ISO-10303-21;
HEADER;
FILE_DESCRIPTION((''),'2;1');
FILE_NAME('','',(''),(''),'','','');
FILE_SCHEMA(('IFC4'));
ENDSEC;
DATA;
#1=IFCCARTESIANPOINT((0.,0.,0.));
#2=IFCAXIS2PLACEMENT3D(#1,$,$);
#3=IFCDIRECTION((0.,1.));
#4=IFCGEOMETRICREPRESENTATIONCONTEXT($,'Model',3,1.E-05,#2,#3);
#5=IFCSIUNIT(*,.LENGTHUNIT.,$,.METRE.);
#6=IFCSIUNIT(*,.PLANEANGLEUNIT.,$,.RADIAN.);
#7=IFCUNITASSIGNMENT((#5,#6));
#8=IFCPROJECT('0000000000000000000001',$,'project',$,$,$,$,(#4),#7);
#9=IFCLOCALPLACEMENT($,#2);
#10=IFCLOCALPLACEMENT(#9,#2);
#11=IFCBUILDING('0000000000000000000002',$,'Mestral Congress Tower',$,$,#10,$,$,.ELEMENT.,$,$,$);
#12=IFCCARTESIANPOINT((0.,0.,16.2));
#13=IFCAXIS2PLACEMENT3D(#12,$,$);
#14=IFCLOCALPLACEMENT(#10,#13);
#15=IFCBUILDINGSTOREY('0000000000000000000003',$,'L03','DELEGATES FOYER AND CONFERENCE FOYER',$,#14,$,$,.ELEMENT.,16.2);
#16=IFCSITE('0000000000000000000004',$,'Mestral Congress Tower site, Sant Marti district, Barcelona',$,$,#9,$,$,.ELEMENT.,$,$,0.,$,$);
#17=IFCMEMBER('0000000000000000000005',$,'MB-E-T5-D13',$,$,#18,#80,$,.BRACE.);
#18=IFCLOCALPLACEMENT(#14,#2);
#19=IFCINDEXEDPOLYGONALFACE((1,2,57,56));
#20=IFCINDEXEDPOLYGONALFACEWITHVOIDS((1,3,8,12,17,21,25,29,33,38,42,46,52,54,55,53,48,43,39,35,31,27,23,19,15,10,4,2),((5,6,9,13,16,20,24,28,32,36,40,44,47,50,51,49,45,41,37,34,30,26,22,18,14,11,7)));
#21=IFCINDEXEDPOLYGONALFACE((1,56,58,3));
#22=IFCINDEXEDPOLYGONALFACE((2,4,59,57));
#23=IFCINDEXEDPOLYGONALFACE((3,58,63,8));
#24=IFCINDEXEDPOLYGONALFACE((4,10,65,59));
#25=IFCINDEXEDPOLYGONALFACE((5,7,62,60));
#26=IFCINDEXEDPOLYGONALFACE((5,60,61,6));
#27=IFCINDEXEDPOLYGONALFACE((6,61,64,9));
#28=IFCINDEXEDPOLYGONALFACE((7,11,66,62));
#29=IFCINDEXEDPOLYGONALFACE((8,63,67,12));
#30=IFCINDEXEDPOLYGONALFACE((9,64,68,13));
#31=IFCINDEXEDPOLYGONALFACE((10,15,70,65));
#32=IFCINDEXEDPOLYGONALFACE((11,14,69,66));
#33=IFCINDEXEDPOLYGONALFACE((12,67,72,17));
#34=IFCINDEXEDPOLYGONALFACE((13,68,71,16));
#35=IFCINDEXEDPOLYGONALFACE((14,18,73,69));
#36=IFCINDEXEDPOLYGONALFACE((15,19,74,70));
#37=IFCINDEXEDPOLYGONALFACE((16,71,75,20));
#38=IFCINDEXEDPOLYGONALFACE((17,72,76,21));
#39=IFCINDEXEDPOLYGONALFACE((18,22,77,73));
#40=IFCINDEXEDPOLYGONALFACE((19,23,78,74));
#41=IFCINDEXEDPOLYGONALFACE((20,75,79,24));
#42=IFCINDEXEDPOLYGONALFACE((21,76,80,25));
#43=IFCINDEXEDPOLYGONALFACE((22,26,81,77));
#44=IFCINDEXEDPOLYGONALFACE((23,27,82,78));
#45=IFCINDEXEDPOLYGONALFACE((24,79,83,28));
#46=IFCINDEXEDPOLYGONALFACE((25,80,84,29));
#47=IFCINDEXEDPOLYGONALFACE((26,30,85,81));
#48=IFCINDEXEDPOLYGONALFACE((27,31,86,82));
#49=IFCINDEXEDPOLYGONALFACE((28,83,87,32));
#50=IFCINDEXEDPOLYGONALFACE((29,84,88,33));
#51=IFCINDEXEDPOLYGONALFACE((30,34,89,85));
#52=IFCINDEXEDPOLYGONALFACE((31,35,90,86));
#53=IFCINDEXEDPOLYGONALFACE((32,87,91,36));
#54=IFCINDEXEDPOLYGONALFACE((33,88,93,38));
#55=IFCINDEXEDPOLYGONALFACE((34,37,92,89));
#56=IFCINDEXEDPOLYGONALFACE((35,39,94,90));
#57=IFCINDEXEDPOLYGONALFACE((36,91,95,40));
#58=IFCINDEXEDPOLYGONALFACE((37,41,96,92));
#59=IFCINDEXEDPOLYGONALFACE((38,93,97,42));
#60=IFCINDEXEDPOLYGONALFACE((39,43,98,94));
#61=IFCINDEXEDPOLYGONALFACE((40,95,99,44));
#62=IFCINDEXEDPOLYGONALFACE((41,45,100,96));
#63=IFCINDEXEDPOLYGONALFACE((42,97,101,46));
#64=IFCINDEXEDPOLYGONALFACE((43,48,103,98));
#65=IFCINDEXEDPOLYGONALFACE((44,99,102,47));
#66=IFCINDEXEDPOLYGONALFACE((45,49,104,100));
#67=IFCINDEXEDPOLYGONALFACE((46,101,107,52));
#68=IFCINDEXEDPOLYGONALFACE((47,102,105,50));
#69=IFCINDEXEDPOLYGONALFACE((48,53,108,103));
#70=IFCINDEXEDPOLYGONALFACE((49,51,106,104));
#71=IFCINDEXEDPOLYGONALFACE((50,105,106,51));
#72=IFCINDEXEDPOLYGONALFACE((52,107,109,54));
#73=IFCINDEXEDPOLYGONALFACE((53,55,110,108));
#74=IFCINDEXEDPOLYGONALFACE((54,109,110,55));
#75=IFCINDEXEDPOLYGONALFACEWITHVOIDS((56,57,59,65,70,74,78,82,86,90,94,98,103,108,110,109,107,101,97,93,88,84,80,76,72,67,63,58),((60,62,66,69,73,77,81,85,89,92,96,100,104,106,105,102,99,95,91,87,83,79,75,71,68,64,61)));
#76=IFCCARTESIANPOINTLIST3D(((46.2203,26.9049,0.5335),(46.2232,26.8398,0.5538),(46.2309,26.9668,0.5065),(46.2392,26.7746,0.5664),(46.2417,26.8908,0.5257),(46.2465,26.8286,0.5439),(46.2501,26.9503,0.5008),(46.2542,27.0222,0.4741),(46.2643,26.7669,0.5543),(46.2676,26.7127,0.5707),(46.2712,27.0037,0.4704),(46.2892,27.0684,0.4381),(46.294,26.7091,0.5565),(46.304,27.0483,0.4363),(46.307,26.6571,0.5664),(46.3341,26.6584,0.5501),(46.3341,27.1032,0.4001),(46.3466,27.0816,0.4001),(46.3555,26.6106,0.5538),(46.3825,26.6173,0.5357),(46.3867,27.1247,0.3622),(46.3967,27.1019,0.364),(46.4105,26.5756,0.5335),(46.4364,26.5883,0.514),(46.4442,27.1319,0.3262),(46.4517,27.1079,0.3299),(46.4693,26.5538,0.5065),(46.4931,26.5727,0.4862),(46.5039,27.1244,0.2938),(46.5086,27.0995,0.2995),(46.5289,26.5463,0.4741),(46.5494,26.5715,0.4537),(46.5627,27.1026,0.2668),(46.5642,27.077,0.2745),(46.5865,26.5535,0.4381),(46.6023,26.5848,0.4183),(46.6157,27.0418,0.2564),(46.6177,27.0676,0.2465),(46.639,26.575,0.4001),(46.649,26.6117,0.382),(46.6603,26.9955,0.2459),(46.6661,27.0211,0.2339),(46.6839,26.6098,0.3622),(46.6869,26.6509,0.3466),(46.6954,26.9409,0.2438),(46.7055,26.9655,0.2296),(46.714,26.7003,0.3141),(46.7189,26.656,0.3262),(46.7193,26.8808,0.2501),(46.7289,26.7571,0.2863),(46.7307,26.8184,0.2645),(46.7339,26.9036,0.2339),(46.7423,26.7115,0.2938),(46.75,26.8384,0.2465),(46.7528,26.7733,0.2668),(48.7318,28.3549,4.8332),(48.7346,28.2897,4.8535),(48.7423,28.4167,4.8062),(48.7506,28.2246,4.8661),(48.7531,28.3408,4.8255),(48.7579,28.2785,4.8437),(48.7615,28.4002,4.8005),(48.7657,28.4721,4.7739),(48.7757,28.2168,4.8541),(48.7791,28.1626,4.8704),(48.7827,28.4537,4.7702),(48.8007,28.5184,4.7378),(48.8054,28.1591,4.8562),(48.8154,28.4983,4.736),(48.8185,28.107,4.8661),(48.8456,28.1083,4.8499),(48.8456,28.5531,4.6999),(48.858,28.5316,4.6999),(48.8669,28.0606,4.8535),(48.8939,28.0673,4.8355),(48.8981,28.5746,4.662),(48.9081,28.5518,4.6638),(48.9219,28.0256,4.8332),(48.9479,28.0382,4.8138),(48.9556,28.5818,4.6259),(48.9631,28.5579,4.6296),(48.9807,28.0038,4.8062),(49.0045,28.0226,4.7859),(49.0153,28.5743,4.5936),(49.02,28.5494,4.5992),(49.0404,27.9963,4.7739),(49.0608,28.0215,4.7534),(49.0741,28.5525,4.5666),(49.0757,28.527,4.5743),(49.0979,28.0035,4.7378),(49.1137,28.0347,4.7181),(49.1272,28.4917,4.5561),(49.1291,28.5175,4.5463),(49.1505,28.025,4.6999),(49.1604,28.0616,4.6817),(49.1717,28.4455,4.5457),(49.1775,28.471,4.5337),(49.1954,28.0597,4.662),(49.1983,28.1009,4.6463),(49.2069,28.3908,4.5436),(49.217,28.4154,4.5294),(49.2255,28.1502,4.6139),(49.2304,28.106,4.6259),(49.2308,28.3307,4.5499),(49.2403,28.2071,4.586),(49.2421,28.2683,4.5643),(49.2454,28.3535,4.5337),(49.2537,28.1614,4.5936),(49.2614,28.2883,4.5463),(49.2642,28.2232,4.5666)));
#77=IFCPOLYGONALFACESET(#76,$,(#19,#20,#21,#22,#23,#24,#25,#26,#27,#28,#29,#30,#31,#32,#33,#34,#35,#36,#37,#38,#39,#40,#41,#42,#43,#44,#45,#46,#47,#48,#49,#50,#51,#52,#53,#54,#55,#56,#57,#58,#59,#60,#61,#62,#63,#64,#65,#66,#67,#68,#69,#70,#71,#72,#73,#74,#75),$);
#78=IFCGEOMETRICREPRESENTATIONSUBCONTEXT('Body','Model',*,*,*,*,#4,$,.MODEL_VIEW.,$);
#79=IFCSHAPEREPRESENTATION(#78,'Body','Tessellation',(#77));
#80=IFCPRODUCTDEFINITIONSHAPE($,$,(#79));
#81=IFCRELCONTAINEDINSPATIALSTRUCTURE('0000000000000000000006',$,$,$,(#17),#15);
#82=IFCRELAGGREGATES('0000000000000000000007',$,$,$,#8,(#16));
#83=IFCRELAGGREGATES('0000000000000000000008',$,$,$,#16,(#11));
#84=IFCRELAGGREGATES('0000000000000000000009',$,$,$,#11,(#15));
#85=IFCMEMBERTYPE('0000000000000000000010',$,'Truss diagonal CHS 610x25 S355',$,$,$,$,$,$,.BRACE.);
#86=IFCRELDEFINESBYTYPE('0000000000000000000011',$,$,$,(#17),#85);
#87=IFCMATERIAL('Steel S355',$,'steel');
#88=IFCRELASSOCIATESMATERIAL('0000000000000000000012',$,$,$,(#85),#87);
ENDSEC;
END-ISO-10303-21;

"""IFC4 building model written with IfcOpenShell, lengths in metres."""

from ifc_helpers import new_model, si_unit, direction, frame, origin, origin_2d, place, context, subcontext, project, spatial, hollow_circle, extrude, material, material_profile, profile_set, type_object, element, save


model = new_model("IFC4")

# Units and contexts
model_context = context("Model", 3, precision=1e-05, world=origin(), true_north=direction((0.0, 1.0)))
body_context = subcontext(model_context, "Body", "Model", "MODEL_VIEW")
ifc_project = project(units=[si_unit("LENGTHUNIT", "METRE"), si_unit("PLANEANGLEUNIT", "RADIAN")], contexts=[model_context])

# Site, building, storey
site_placement = place(None, origin())
site = spatial("IfcSite", under=ifc_project, at=site_placement, Name="Mestral Congress Tower site, Sant Marti district, Barcelona", CompositionType="ELEMENT", RefElevation=0.0)
building_placement = place(site_placement, origin())
building = spatial("IfcBuilding", under=site, at=building_placement, Name="Mestral Congress Tower", CompositionType="ELEMENT")
storey_placement = place(building_placement, frame((0.0, 0.0, 16.2)))
storey = spatial("IfcBuildingStorey", under=building, at=storey_placement, Name="L03", Description="DELEGATES FOYER AND CONFERENCE FOYER", CompositionType="ELEMENT", Elevation=16.2)

# Member
ifc_material = material(Name="Steel S355", Category="steel")
ifc_material_profile_1 = material_profile(ifc_material, hollow_circle(Radius=0.3049, WallThickness=0.0249, at=origin_2d()), Name="CHS 610x25")
ifc_profile_set_1 = profile_set([ifc_material_profile_1], Name="Steel S355")
member_type_1 = type_object("IfcMemberType", Name="Truss diagonal CHS 610x25 S355", PredefinedType="BRACE", material=ifc_profile_set_1)
for number, where, z_axis, x_axis, name in (
    (1, (46.4866, 26.8391, 0.4001), (0.484247, 0.279571, 0.829062), (-0.499987, 0.866033, 0.0), "MB-E-T5-D13"),
):
    element("IfcMember", number, at=place(storey_placement, frame(where, z_axis=z_axis, x_axis=x_axis)), inside=storey, type_object=member_type_1, Name=name, PredefinedType="BRACE", context=body_context, shape_type="SweptSolid", body=[
        extrude(hollow_circle(Radius=0.3049, WallThickness=0.0249, at=origin_2d()), origin(), (0.0, 0.0, 1.0), 5.1863),
    ])

save(model, "model.ifc")
